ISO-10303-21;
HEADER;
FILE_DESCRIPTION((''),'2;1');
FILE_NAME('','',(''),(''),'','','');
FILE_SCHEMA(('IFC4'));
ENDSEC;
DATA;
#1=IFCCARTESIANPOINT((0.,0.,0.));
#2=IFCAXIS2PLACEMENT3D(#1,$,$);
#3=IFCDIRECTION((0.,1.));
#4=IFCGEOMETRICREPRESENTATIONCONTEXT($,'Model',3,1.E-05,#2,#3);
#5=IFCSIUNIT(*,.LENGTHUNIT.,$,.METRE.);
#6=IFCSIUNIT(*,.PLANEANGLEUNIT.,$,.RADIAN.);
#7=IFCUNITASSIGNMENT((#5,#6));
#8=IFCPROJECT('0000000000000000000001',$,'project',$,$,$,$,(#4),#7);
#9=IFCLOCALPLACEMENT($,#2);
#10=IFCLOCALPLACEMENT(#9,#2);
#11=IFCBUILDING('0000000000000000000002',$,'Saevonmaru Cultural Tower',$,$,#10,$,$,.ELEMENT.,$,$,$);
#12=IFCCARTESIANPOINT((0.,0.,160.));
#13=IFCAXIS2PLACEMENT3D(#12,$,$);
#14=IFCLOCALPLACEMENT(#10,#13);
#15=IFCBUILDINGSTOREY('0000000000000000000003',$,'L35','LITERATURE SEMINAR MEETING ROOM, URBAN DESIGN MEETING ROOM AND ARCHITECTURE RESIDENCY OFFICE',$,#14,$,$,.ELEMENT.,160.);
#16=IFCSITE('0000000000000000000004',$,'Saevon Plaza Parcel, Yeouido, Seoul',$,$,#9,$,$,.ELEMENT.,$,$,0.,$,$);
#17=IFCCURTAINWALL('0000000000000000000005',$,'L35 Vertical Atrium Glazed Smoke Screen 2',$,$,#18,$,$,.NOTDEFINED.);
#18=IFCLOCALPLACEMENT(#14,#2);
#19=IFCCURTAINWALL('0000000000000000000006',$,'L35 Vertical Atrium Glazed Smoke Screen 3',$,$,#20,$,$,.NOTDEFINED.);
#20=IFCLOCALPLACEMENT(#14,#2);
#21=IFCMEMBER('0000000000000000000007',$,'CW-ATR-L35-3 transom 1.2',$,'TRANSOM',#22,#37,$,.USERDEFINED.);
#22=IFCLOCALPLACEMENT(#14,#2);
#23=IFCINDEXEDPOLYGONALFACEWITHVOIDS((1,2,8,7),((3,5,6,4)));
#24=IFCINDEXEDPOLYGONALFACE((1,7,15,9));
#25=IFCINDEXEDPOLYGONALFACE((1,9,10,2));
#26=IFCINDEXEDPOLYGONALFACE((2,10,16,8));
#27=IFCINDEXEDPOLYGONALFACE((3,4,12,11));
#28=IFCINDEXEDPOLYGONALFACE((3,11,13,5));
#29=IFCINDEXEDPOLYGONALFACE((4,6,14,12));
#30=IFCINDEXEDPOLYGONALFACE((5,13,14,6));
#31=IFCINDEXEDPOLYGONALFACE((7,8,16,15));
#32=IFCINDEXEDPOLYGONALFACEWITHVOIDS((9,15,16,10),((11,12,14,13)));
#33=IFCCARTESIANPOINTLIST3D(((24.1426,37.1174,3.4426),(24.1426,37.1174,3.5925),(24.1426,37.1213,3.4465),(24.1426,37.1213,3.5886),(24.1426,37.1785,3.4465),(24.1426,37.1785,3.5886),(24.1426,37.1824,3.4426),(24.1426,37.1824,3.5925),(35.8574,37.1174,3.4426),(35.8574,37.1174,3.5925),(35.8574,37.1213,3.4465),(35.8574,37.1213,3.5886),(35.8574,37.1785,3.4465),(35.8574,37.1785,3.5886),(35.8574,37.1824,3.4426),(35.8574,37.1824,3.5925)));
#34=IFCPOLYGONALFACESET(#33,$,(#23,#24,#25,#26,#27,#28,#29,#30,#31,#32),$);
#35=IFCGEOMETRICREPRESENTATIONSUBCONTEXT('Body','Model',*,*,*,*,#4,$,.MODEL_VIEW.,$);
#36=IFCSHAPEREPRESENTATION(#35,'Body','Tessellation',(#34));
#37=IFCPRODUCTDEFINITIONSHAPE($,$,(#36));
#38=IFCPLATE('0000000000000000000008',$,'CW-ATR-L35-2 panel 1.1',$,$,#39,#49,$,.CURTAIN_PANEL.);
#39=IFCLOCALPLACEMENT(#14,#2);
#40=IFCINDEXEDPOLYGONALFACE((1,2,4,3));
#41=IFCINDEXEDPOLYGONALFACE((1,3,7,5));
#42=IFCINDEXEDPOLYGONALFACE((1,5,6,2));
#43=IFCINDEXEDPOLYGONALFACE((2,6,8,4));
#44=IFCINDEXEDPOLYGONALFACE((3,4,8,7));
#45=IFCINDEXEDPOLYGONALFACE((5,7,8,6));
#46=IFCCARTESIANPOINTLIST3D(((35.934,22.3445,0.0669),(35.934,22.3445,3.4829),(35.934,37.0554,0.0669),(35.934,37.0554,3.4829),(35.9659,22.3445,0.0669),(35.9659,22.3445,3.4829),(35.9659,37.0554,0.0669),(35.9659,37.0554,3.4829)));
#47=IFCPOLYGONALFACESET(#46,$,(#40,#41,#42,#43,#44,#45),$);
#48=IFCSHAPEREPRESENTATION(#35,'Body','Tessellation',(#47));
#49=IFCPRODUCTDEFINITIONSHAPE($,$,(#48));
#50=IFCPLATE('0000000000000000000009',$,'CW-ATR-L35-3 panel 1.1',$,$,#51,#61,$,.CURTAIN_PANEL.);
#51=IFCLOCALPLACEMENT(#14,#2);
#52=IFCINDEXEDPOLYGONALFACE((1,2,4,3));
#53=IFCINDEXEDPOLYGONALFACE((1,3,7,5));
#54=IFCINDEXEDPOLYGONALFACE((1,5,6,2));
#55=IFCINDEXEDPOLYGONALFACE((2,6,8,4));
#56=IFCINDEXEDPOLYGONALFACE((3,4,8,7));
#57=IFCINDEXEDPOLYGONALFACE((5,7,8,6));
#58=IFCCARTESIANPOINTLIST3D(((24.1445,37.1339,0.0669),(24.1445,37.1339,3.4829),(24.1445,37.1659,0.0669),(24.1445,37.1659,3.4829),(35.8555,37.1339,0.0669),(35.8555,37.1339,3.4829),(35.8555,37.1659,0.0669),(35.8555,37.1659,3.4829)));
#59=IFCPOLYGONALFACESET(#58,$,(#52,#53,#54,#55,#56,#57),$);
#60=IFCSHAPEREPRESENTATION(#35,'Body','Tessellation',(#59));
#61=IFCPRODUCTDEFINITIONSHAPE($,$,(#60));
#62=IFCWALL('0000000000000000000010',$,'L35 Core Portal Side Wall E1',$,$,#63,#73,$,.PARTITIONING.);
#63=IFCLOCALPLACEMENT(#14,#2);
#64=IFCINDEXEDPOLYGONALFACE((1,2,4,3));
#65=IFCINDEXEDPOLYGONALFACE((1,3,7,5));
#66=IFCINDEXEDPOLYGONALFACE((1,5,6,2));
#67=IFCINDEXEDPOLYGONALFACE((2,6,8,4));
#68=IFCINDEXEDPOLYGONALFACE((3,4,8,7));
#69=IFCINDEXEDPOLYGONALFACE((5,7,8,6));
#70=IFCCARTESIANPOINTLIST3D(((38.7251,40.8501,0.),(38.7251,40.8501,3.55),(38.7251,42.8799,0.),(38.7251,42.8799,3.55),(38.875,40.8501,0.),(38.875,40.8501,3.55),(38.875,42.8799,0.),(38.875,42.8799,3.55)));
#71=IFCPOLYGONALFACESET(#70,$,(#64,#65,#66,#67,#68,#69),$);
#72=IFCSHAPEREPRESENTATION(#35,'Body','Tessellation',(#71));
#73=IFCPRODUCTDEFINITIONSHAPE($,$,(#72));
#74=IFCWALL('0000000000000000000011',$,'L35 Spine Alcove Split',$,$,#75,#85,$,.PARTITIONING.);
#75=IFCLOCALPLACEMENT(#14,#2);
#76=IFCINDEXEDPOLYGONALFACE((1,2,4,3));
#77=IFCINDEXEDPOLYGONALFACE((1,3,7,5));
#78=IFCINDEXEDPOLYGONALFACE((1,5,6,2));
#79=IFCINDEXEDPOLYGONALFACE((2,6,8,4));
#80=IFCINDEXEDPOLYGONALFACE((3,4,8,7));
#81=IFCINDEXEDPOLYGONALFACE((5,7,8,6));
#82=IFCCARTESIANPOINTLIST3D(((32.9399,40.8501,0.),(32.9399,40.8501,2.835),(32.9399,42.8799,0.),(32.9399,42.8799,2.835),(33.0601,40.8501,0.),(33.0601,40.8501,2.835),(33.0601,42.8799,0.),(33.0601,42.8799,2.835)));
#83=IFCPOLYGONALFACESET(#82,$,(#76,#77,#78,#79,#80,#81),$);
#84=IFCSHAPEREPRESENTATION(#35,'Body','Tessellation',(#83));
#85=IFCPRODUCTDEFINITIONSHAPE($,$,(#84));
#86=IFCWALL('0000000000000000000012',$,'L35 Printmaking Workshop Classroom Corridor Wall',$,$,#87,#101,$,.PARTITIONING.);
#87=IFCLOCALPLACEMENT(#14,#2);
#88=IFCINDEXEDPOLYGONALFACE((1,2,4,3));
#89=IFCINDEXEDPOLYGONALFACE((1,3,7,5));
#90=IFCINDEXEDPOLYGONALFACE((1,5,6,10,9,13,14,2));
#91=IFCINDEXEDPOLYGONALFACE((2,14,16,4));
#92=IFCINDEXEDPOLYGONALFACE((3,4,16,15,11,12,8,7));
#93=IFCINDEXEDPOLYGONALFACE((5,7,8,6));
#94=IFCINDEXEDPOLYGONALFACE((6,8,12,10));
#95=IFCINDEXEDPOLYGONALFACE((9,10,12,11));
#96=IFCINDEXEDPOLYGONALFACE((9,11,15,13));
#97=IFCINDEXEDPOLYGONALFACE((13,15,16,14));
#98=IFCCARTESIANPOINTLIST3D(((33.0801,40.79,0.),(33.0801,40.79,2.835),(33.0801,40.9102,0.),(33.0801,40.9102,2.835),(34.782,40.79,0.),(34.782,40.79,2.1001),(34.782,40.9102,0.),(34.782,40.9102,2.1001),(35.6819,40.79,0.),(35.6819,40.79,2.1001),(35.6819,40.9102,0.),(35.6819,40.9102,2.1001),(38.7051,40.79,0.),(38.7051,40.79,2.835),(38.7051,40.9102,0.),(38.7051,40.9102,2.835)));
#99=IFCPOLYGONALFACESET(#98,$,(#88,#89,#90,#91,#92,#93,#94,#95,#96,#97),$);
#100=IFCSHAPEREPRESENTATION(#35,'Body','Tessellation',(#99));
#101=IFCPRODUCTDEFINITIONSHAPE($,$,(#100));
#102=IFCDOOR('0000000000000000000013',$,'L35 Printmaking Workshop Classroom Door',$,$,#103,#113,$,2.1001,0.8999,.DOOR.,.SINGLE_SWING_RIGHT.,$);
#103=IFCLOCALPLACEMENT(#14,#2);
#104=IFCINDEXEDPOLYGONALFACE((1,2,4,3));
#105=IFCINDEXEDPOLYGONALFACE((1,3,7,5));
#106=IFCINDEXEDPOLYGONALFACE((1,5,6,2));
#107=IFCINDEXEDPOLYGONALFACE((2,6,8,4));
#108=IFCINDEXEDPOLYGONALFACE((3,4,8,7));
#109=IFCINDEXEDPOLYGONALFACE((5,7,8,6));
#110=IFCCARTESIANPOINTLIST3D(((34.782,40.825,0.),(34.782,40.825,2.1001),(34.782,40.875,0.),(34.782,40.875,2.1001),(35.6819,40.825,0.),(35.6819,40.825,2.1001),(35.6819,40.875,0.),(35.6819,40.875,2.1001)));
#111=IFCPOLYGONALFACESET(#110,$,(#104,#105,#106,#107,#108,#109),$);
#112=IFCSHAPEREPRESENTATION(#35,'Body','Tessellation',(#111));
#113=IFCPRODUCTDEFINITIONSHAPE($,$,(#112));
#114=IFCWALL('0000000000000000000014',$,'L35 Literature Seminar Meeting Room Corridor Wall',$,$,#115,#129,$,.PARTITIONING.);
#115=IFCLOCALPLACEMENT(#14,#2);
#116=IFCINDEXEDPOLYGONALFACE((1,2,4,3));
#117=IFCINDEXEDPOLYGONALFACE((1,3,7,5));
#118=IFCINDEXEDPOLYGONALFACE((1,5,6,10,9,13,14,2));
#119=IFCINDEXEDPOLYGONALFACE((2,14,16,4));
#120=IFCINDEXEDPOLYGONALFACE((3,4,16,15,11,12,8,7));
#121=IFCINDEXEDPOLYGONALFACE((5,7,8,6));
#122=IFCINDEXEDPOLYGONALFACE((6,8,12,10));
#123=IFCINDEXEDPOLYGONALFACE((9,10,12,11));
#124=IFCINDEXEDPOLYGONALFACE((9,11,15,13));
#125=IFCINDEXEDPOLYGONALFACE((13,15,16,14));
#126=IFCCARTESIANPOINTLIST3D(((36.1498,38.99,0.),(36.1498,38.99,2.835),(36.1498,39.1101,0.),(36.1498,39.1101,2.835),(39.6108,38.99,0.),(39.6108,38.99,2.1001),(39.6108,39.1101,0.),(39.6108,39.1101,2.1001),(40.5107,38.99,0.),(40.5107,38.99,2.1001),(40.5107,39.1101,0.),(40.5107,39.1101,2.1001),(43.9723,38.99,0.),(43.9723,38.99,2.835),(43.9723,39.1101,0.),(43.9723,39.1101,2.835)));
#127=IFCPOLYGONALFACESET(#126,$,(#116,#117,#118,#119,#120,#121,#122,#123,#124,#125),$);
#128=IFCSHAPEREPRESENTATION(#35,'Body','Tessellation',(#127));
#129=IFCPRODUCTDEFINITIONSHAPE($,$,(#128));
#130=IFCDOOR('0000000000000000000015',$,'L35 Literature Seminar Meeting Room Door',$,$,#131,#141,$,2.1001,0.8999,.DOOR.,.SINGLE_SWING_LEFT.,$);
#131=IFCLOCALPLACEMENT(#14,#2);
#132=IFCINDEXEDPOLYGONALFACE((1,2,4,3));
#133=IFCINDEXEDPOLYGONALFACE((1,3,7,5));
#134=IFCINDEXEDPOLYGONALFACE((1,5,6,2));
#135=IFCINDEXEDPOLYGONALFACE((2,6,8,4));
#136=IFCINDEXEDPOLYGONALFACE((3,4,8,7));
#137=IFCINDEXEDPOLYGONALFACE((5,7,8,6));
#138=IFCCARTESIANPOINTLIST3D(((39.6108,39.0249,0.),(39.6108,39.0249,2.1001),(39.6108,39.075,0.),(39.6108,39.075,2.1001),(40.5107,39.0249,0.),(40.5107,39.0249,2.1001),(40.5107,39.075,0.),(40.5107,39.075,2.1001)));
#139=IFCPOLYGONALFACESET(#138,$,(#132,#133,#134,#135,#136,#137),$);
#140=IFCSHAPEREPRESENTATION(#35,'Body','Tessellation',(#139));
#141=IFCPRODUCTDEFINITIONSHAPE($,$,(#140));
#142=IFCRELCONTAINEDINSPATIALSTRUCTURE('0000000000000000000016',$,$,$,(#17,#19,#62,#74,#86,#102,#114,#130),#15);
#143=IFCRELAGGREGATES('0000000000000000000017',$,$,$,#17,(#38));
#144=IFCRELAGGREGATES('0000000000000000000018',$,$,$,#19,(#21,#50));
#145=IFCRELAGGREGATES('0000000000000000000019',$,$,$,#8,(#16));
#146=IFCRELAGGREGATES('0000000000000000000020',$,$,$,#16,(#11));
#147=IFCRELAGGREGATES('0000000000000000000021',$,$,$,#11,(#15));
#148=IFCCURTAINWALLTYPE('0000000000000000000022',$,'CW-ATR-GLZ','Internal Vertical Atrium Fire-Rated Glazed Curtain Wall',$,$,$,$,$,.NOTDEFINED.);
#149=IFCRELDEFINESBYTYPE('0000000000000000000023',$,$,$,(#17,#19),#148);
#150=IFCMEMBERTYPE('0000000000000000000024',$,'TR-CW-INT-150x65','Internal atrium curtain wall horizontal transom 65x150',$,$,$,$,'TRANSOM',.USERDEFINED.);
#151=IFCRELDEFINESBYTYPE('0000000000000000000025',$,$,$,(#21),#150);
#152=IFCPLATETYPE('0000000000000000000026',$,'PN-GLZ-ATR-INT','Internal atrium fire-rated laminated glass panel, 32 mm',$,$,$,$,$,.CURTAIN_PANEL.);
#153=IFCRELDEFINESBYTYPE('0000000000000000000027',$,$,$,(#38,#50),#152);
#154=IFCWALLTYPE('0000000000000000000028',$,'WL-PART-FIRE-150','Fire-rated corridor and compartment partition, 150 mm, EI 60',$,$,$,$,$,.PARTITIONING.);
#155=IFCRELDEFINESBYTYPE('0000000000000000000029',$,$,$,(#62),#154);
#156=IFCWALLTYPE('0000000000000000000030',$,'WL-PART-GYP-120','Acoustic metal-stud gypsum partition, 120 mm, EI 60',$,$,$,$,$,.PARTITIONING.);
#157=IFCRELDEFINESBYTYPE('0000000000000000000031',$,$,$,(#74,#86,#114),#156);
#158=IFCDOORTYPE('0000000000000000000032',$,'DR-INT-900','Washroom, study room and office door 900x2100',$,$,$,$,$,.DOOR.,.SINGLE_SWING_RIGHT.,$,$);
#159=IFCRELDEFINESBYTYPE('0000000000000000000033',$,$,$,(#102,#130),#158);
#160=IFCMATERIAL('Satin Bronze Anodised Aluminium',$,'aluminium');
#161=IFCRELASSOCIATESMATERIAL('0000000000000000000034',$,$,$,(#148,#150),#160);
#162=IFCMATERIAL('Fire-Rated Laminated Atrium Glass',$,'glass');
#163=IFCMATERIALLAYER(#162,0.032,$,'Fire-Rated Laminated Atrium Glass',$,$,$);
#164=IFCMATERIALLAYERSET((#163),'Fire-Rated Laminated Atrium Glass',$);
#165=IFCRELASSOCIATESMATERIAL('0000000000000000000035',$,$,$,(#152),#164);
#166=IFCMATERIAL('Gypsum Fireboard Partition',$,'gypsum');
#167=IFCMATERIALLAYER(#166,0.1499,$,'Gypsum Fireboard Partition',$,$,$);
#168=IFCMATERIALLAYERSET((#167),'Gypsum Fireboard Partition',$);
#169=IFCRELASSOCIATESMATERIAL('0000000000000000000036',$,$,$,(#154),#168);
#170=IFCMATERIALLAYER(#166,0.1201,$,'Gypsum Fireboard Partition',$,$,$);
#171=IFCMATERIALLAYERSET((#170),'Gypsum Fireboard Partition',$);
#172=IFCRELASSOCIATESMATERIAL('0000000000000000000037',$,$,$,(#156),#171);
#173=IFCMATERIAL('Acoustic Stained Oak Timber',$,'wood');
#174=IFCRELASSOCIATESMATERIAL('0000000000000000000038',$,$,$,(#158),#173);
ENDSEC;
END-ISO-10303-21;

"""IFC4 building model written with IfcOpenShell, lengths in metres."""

from ifc_helpers import new_model, si_unit, direction, frame, frame_2d, origin, origin_2d, place, context, subcontext, project, spatial, rectangle, hollow_rectangle, extrude, material, layer, layer_set, material_profile, profile_set, type_object, element, fill, aggregate, save


model = new_model("IFC4")

# Units and contexts
model_context = context("Model", 3, precision=1e-05, world=origin(), true_north=direction((0.0, 1.0)))
body_context = subcontext(model_context, "Body", "Model", "MODEL_VIEW")
ifc_project = project(units=[si_unit("LENGTHUNIT", "METRE"), si_unit("PLANEANGLEUNIT", "RADIAN")], contexts=[model_context])

# Site, building, storey
site_placement = place(None, origin())
site = spatial("IfcSite", under=ifc_project, at=site_placement, Name="Saevon Plaza Parcel, Yeouido, Seoul", CompositionType="ELEMENT", RefElevation=0.0)
building_placement = place(site_placement, origin())
building = spatial("IfcBuilding", under=site, at=building_placement, Name="Saevonmaru Cultural Tower", CompositionType="ELEMENT")
storey_placement = place(building_placement, frame((0.0, 0.0, 160.0)))
storey = spatial("IfcBuildingStorey", under=building, at=storey_placement, Name="L35", Description="LITERATURE SEMINAR MEETING ROOM, URBAN DESIGN MEETING ROOM AND ARCHITECTURE RESIDENCY OFFICE", CompositionType="ELEMENT", Elevation=160.0)

# Shared definitions
ifc_material_1 = material(Name="Satin Bronze Anodised Aluminium", Category="aluminium")
curtain_wall_type = type_object("IfcCurtainWallType", Name="CW-ATR-GLZ", Description="Internal Vertical Atrium Fire-Rated Glazed Curtain Wall", PredefinedType="NOTDEFINED", material=ifc_material_1)

# Curtain walls
curtain_wall_1_placement = place(storey_placement, origin())
curtain_wall_1 = element("IfcCurtainWall", 1, at=curtain_wall_1_placement, inside=storey, type_object=curtain_wall_type, Name="L35 Vertical Atrium Glazed Smoke Screen 2", PredefinedType="NOTDEFINED")
curtain_wall_2_placement = place(storey_placement, origin())
curtain_wall_2 = element("IfcCurtainWall", 2, at=curtain_wall_2_placement, inside=storey, type_object=curtain_wall_type, Name="L35 Vertical Atrium Glazed Smoke Screen 3", PredefinedType="NOTDEFINED")

# Member
ifc_material_profile_1 = material_profile(ifc_material_1, hollow_rectangle(XDim=0.0649, YDim=0.1499, WallThickness=0.0039, at=origin_2d()), Name="ALU-TRAN-150x65x4")
ifc_profile_set_1 = profile_set([ifc_material_profile_1], Name="Satin Bronze Anodised Aluminium")
member_type_1 = type_object("IfcMemberType", Name="TR-CW-INT-150x65", Description="Internal atrium curtain wall horizontal transom 65x150", ElementType="TRANSOM", PredefinedType="USERDEFINED", material=ifc_profile_set_1)
member_1_placement = place(storey_placement, frame((35.8574, 37.1499, 3.5176), z_axis=(-1.0, 0.0, 0.0), x_axis=(0.0, -1.0, 0.0)))
member_1 = element("IfcMember", 3, at=member_1_placement, type_object=member_type_1, Name="CW-ATR-L35-3 transom 1.2", ObjectType="TRANSOM", PredefinedType="USERDEFINED", context=body_context, shape_type="SweptSolid", body=[
    extrude(hollow_rectangle(XDim=0.0649, YDim=0.1499, WallThickness=0.0039, at=origin_2d()), origin(), (0.0, 0.0, 1.0), 11.7148),
])

# Plates
ifc_material_2 = material(Name="Fire-Rated Laminated Atrium Glass", Category="glass")
ifc_layer_1 = layer(ifc_material_2, 0.032, Name="Fire-Rated Laminated Atrium Glass")
ifc_layer_set_1 = layer_set([ifc_layer_1], Name="Fire-Rated Laminated Atrium Glass")
plate_type = type_object("IfcPlateType", Name="PN-GLZ-ATR-INT", Description="Internal atrium fire-rated laminated glass panel, 32 mm", PredefinedType="CURTAIN_PANEL", material=ifc_layer_set_1)
plate_1_placement = place(storey_placement, frame((35.95, 29.7, 0.0669), z_axis=(0.0, 0.0, 1.0), x_axis=(0.0, 1.0, 0.0)))
plate_1 = element("IfcPlate", 4, at=plate_1_placement, type_object=plate_type, Name="CW-ATR-L35-2 panel 1.1", PredefinedType="CURTAIN_PANEL", context=body_context, shape_type="SweptSolid", body=[
    extrude(rectangle(XDim=14.7109, YDim=0.032, at=origin_2d()), origin(), (0.0, 0.0, 1.0), 3.416),
])
aggregate(curtain_wall_1, [plate_1])
plate_2_placement = place(storey_placement, frame((30.0, 37.1499, 0.0669), z_axis=(0.0, 0.0, 1.0), x_axis=(-1.0, 0.0, 0.0)))
plate_2 = element("IfcPlate", 5, at=plate_2_placement, type_object=plate_type, Name="CW-ATR-L35-3 panel 1.1", PredefinedType="CURTAIN_PANEL", context=body_context, shape_type="SweptSolid", body=[
    extrude(rectangle(XDim=11.7109, YDim=0.032, at=origin_2d()), origin(), (0.0, 0.0, 1.0), 3.416),
])
aggregate(curtain_wall_2, [member_1, plate_2])

# Walls
ifc_material_3 = material(Name="Gypsum Fireboard Partition", Category="gypsum")
ifc_layer_2 = layer(ifc_material_3, 0.1499, Name="Gypsum Fireboard Partition")
ifc_layer_set_2 = layer_set([ifc_layer_2], Name="Gypsum Fireboard Partition")
wall_type_1 = type_object("IfcWallType", Name="WL-PART-FIRE-150", Description="Fire-rated corridor and compartment partition, 150 mm, EI 60", PredefinedType="PARTITIONING", material=ifc_layer_set_2)
wall_1_placement = place(storey_placement, frame((38.8, 40.8501, 0.0), z_axis=(0.0, 0.0, 1.0), x_axis=(0.0, 1.0, 0.0)))
element("IfcWall", 6, at=wall_1_placement, inside=storey, type_object=wall_type_1, Name="L35 Core Portal Side Wall E1", PredefinedType="PARTITIONING", context=body_context, shape_type="SweptSolid", body=[
    extrude(rectangle(XDim=2.0298, YDim=0.1499, at=frame_2d((1.0149, 0.0))), origin(), (0.0, 0.0, 1.0), 3.55),
])
ifc_layer_3 = layer(ifc_material_3, 0.1201, Name="Gypsum Fireboard Partition")
ifc_layer_set_3 = layer_set([ifc_layer_3], Name="Gypsum Fireboard Partition")
wall_type_2 = type_object("IfcWallType", Name="WL-PART-GYP-120", Description="Acoustic metal-stud gypsum partition, 120 mm, EI 60", PredefinedType="PARTITIONING", material=ifc_layer_set_3)
wall_2_placement = place(storey_placement, frame((33.0, 40.8501, 0.0), z_axis=(0.0, 0.0, 1.0), x_axis=(0.0, 1.0, 0.0)))
element("IfcWall", 7, at=wall_2_placement, inside=storey, type_object=wall_type_2, Name="L35 Spine Alcove Split", PredefinedType="PARTITIONING", context=body_context, shape_type="SweptSolid", body=[
    extrude(rectangle(XDim=2.0298, YDim=0.1201, at=frame_2d((1.0149, 0.0))), origin(), (0.0, 0.0, 1.0), 2.835),
])

# Walls, openings, doors
wall_3_placement = place(storey_placement, frame((33.0801, 40.8501, 0.0), z_axis=(0.0, 0.0, 1.0), x_axis=(1.0, 0.0, 0.0)))
wall_3 = element("IfcWall", 8, at=wall_3_placement, inside=storey, type_object=wall_type_2, Name="L35 Printmaking Workshop Classroom Corridor Wall", PredefinedType="PARTITIONING", context=body_context, shape_type="SweptSolid", body=[
    extrude(rectangle(XDim=5.625, YDim=0.1201, at=frame_2d((2.8125, 0.0))), origin(), (0.0, 0.0, 1.0), 2.835),
])
opening_1_placement = place(wall_3_placement, frame((1.7019, 0.0, 0.0)))
opening_1 = element("IfcOpeningElement", 9, at=opening_1_placement, cuts=wall_3, PredefinedType="OPENING", context=body_context, shape_type="SweptSolid", body=[
    extrude(rectangle(XDim=0.8999, YDim=2.1001, at=frame_2d((0.45, 1.05))), frame((0.0, 0.0701, 0.0), z_axis=(0.0, -1.0, 0.0), x_axis=(1.0, 0.0, 0.0)), (0.0, 0.0, 1.0), 0.1401),
])
ifc_material_4 = material(Name="Acoustic Stained Oak Timber", Category="wood")
door_type = type_object("IfcDoorType", Name="DR-INT-900", Description="Washroom, study room and office door 900x2100", OperationType="SINGLE_SWING_RIGHT", PredefinedType="DOOR", material=ifc_material_4)
door_1_placement = place(opening_1_placement, origin())
door_1 = element("IfcDoor", 10, at=door_1_placement, inside=storey, type_object=door_type, Name="L35 Printmaking Workshop Classroom Door", OperationType="SINGLE_SWING_RIGHT", OverallHeight=2.1001, OverallWidth=0.8999, PredefinedType="DOOR", context=body_context, shape_type="SweptSolid", body=[
    extrude(rectangle(XDim=0.8999, YDim=2.1001, at=frame_2d((0.45, 1.05))), frame((0.0, 0.0249, 0.0), z_axis=(0.0, -1.0, 0.0), x_axis=(1.0, 0.0, 0.0)), (0.0, 0.0, 1.0), 0.05),
])
fill(opening_1, door_1)
wall_4_placement = place(storey_placement, frame((36.1499, 39.05, 0.0), z_axis=(0.0, 0.0, 1.0), x_axis=(1.0, 0.0, 0.0)))
wall_4 = element("IfcWall", 11, at=wall_4_placement, inside=storey, type_object=wall_type_2, Name="L35 Literature Seminar Meeting Room Corridor Wall", PredefinedType="PARTITIONING", context=body_context, shape_type="SweptSolid", body=[
    extrude(rectangle(XDim=7.8225, YDim=0.1201, at=frame_2d((3.9111, 0.0))), origin(), (0.0, 0.0, 1.0), 2.835),
])
opening_2_placement = place(wall_4_placement, frame((3.4609, 0.0, 0.0)))
opening_2 = element("IfcOpeningElement", 12, at=opening_2_placement, cuts=wall_4, PredefinedType="OPENING", context=body_context, shape_type="SweptSolid", body=[
    extrude(rectangle(XDim=0.8999, YDim=2.1001, at=frame_2d((0.45, 1.05))), frame((0.0, 0.0701, 0.0), z_axis=(0.0, -1.0, 0.0), x_axis=(1.0, 0.0, 0.0)), (0.0, 0.0, 1.0), 0.1401),
])
door_2_placement = place(opening_2_placement, origin())
door_2 = element("IfcDoor", 13, at=door_2_placement, inside=storey, type_object=door_type, Name="L35 Literature Seminar Meeting Room Door", OperationType="SINGLE_SWING_LEFT", OverallHeight=2.1001, OverallWidth=0.8999, PredefinedType="DOOR", context=body_context, shape_type="SweptSolid", body=[
    extrude(rectangle(XDim=0.8999, YDim=2.1001, at=frame_2d((0.45, 1.05))), frame((0.0, 0.0249, 0.0), z_axis=(0.0, -1.0, 0.0), x_axis=(1.0, 0.0, 0.0)), (0.0, 0.0, 1.0), 0.05),
])
fill(opening_2, door_2)

save(model, "model.ifc")
